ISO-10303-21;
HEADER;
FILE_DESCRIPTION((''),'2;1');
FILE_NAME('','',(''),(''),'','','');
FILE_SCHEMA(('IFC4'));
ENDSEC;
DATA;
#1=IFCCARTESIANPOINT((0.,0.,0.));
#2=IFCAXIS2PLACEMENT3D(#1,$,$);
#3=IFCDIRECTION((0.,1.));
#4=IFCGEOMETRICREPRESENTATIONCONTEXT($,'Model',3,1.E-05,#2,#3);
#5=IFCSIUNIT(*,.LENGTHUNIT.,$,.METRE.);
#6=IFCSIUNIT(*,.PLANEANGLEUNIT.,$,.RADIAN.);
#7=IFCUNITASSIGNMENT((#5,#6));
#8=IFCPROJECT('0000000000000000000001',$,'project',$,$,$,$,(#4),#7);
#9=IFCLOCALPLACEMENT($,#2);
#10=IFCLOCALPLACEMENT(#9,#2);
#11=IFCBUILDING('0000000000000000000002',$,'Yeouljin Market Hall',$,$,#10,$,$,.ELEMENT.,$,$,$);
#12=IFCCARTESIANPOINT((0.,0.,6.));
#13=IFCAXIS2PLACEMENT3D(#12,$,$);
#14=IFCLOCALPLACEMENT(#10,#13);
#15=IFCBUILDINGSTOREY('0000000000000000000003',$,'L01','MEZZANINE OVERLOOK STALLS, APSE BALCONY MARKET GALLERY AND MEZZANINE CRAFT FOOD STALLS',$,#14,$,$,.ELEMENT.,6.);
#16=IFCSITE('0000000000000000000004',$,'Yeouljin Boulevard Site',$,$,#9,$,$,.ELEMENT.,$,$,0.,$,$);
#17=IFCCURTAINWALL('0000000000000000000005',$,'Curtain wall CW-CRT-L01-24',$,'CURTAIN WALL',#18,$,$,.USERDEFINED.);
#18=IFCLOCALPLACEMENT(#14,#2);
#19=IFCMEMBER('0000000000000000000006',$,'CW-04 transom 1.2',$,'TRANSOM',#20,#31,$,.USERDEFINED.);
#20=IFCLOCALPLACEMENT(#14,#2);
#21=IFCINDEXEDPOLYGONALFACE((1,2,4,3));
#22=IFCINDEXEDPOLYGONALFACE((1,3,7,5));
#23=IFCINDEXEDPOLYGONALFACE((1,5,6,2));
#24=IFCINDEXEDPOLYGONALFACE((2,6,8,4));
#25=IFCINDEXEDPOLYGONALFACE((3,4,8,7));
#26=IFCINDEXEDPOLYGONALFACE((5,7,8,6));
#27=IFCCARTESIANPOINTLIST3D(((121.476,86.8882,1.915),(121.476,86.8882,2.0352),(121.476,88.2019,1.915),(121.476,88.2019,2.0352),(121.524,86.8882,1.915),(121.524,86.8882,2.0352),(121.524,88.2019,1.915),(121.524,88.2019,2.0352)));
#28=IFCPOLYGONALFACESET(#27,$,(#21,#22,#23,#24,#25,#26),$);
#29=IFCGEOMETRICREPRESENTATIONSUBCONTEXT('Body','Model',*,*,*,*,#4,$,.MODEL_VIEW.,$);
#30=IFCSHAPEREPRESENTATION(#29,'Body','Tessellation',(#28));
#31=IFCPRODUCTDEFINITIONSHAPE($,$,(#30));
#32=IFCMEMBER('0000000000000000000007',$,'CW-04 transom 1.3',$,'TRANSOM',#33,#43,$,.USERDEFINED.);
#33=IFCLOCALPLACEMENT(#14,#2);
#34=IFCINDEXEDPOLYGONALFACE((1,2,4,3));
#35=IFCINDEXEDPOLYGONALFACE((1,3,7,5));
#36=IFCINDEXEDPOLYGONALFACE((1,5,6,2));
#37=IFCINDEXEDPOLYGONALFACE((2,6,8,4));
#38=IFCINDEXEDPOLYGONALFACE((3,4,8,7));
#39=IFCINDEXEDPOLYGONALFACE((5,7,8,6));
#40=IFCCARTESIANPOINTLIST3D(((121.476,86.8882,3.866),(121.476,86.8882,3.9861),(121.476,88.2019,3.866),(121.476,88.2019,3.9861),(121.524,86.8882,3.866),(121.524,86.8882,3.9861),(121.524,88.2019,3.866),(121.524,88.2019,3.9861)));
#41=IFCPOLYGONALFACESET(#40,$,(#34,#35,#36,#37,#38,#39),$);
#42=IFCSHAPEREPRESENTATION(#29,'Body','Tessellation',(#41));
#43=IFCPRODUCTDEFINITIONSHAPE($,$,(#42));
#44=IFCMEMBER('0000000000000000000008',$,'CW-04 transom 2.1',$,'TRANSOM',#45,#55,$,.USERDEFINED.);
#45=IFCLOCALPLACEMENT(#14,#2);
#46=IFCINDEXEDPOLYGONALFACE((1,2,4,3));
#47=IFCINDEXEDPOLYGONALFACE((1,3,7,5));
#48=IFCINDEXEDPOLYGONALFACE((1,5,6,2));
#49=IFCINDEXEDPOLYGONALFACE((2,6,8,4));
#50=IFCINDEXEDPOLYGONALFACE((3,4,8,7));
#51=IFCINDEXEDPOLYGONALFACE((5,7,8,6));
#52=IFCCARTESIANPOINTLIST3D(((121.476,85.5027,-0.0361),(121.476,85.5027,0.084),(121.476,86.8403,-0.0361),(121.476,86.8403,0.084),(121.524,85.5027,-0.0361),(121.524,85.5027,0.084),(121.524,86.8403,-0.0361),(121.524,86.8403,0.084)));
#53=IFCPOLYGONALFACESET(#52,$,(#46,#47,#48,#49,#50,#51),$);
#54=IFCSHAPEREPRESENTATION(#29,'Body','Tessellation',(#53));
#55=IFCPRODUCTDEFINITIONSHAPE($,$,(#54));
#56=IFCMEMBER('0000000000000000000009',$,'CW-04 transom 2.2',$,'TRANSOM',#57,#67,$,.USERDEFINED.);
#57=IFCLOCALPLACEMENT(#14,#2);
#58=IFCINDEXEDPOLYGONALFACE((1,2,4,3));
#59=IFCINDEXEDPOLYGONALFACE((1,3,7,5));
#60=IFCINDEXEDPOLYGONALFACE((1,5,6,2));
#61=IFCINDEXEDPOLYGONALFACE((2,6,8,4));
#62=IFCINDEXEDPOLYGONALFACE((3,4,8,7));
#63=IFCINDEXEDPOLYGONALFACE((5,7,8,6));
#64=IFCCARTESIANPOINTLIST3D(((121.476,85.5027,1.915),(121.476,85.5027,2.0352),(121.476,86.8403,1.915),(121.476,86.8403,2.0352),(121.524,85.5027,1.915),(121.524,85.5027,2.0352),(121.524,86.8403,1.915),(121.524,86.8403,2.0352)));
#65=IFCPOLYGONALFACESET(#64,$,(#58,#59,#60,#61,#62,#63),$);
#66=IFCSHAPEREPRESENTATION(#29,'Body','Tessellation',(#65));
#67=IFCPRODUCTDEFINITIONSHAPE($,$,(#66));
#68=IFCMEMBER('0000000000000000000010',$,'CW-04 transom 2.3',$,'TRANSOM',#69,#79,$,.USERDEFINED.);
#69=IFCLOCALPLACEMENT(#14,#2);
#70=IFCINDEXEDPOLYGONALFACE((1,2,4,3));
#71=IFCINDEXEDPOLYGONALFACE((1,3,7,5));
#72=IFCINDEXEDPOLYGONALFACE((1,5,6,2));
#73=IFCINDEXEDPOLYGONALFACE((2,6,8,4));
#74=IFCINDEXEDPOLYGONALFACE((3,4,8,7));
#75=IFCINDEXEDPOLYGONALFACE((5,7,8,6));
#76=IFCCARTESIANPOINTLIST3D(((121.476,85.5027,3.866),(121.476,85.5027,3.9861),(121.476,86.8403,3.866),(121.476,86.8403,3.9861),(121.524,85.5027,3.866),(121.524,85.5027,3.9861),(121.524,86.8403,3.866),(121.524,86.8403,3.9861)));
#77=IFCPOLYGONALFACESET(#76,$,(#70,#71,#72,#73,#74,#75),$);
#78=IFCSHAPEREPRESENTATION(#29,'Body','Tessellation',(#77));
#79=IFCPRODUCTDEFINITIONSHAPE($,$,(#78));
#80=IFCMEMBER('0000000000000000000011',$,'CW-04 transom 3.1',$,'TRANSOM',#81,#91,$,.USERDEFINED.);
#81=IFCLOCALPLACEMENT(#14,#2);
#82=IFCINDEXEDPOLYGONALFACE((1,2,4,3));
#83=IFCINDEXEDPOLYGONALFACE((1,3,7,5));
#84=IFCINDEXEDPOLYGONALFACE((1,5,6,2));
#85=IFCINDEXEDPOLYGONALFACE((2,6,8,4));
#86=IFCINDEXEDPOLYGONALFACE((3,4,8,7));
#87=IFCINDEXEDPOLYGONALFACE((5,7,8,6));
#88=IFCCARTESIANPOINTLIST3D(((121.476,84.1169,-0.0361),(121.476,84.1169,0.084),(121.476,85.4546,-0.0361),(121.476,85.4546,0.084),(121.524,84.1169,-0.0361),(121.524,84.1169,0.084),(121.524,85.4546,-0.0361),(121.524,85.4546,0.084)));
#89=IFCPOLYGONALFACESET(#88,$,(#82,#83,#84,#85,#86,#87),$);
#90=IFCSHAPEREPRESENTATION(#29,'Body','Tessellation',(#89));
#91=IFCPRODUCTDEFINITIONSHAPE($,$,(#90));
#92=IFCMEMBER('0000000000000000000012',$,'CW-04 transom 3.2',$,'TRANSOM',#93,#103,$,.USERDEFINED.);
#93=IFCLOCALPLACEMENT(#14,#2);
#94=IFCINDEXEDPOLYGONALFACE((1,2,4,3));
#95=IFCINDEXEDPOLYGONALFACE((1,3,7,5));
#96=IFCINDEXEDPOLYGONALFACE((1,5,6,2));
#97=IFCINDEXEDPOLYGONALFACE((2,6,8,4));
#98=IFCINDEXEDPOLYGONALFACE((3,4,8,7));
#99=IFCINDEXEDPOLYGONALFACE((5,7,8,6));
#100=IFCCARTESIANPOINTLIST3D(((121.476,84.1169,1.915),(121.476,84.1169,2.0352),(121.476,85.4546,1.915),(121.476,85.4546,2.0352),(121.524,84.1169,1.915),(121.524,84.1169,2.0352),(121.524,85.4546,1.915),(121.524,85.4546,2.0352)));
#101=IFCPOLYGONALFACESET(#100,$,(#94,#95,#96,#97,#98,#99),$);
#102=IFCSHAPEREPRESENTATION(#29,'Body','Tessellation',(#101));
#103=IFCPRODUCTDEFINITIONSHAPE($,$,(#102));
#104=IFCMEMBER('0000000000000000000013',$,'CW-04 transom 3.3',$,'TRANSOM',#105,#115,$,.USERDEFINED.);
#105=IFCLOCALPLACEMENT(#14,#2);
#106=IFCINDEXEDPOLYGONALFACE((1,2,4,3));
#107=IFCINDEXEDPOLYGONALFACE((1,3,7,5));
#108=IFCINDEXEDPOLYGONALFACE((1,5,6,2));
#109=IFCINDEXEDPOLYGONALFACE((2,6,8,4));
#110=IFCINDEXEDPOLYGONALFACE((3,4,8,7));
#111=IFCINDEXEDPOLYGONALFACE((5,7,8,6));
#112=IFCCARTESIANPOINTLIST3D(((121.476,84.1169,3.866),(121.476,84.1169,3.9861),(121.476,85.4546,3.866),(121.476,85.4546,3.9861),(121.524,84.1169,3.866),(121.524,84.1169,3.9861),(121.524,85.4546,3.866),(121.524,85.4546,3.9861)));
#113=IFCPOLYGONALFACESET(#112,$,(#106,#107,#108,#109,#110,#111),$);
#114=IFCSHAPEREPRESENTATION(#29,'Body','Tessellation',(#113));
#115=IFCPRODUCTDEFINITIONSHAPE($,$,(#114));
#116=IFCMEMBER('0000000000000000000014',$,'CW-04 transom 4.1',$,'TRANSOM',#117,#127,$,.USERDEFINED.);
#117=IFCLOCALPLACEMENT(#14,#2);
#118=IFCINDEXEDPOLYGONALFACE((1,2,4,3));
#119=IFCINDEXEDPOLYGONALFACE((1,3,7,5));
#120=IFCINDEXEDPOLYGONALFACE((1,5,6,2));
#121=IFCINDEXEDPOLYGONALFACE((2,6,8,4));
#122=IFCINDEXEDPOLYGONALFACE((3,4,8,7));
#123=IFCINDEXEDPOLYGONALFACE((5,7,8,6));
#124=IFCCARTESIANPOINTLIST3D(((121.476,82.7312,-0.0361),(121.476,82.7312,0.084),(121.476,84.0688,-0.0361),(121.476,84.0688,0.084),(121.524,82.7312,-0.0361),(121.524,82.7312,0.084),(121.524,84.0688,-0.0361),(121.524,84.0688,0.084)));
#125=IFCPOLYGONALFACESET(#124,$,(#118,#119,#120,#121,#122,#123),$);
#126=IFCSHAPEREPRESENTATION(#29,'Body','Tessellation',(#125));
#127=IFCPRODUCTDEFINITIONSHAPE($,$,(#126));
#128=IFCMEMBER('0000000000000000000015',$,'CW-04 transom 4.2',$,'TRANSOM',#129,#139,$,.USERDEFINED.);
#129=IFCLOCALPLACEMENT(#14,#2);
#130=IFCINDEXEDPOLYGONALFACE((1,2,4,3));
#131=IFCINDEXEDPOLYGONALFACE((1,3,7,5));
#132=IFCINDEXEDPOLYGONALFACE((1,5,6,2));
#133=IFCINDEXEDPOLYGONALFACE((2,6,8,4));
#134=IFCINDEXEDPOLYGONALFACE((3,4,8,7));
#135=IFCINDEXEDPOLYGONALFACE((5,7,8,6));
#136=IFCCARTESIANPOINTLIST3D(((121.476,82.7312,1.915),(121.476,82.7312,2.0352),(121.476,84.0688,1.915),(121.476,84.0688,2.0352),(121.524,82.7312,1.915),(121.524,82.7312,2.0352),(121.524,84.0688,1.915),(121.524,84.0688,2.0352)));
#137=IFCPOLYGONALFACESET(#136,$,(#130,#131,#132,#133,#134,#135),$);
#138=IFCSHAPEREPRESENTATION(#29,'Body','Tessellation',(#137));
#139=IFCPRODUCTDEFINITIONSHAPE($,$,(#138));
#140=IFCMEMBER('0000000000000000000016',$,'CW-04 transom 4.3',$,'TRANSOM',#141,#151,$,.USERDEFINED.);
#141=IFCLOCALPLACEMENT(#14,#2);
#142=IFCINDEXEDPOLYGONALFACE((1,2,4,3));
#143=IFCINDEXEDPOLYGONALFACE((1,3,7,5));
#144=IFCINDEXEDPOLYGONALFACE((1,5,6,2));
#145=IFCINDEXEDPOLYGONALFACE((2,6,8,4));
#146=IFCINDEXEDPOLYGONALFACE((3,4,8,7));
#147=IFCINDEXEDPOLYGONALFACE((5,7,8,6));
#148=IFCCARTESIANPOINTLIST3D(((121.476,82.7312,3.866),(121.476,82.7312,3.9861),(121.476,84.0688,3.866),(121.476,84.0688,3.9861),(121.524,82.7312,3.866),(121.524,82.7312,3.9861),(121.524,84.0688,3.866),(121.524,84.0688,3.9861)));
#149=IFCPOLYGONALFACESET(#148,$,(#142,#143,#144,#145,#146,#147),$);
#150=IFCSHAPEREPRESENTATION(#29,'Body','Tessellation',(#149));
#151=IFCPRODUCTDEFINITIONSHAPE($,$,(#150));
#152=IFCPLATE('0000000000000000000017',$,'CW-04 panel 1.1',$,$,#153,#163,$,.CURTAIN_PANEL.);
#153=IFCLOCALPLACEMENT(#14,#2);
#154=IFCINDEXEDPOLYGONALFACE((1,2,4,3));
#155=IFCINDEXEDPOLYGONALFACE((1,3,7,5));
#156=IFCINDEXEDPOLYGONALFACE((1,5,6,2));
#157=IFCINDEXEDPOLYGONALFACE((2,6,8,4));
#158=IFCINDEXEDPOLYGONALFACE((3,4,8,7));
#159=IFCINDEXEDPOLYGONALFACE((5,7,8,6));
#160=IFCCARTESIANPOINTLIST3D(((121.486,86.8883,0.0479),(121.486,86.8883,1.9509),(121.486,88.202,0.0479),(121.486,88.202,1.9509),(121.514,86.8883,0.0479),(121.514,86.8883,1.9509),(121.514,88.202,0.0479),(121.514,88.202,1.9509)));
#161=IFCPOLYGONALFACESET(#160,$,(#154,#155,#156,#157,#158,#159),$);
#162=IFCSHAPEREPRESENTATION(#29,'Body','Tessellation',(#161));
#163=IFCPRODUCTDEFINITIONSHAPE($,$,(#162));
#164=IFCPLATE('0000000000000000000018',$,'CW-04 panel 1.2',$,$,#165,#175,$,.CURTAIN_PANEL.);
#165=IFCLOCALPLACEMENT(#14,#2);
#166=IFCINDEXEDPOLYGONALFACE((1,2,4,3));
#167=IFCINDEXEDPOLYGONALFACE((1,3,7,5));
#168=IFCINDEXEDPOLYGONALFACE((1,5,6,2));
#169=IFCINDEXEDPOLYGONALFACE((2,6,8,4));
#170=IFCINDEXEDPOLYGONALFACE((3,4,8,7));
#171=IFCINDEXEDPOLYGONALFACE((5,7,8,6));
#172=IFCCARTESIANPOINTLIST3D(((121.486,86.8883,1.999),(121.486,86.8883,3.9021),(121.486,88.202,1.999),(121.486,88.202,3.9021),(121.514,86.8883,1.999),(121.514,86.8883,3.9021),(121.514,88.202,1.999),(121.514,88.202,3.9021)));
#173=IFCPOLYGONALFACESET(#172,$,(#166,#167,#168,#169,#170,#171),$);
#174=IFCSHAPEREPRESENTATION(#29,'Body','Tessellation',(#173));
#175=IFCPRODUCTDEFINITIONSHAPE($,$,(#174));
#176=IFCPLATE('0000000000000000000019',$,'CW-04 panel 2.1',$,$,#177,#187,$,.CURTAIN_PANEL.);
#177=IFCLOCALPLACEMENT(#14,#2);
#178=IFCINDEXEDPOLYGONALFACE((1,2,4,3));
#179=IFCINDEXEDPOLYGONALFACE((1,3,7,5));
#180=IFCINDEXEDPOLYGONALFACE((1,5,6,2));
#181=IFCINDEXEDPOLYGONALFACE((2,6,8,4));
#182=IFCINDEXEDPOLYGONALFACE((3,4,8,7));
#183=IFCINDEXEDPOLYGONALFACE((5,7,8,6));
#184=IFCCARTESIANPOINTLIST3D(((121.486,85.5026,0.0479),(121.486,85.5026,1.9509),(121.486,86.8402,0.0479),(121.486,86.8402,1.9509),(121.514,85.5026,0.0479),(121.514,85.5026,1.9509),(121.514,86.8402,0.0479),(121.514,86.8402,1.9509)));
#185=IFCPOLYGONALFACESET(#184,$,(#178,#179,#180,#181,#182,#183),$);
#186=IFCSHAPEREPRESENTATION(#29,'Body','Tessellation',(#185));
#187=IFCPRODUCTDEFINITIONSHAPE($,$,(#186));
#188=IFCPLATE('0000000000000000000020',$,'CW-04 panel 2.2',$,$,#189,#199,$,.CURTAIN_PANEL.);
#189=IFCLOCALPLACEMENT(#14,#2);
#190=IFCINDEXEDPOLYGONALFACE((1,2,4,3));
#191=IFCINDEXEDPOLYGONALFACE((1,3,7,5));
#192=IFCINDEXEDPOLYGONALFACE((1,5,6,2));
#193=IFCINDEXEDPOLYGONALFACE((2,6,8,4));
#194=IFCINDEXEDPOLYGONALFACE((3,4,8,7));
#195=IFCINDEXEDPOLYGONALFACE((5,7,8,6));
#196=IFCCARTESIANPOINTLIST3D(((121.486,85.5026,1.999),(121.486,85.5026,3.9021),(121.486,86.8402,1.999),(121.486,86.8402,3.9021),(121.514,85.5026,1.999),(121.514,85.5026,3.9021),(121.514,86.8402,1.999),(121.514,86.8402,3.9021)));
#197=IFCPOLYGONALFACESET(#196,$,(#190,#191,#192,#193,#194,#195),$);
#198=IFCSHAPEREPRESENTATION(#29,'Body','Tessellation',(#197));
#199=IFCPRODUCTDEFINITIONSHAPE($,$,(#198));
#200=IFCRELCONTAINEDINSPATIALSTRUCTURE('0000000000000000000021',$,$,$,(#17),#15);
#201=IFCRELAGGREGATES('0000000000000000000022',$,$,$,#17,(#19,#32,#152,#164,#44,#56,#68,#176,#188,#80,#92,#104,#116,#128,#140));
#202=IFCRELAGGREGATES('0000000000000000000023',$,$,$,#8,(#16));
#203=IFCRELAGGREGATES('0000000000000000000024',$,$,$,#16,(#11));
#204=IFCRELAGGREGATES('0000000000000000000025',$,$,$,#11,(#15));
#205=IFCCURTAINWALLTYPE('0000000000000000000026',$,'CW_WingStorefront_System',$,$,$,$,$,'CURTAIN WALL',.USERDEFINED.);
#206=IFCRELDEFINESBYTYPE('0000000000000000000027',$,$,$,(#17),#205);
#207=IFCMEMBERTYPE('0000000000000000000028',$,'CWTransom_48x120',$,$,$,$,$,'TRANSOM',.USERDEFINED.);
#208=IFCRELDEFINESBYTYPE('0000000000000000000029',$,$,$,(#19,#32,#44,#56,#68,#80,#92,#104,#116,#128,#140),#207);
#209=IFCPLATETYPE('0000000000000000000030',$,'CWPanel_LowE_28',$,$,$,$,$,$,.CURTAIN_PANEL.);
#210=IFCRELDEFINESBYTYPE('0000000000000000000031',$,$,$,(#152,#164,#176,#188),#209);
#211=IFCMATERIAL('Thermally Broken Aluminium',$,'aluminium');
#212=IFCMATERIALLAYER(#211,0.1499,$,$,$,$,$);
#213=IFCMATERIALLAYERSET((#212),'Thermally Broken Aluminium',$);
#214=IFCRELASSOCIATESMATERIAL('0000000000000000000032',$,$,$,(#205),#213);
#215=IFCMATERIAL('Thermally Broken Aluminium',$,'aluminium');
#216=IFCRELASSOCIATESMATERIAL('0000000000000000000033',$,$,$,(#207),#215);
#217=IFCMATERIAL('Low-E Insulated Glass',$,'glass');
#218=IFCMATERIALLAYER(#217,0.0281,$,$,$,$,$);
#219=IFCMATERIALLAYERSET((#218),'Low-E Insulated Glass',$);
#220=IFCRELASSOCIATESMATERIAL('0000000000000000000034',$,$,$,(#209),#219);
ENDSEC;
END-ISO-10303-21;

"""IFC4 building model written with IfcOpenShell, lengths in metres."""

from ifc_helpers import new_model, si_unit, direction, frame, origin, origin_2d, place, context, subcontext, project, spatial, rectangle, extrude, material, layer, layer_set, material_profile, profile_set, type_object, element, aggregate, save


model = new_model("IFC4")

# Units and contexts
model_context = context("Model", 3, precision=1e-05, world=origin(), true_north=direction((0.0, 1.0)))
body_context = subcontext(model_context, "Body", "Model", "MODEL_VIEW")
ifc_project = project(units=[si_unit("LENGTHUNIT", "METRE"), si_unit("PLANEANGLEUNIT", "RADIAN")], contexts=[model_context])

# Site, building, storey
site_placement = place(None, origin())
site = spatial("IfcSite", under=ifc_project, at=site_placement, Name="Yeouljin Boulevard Site", CompositionType="ELEMENT", RefElevation=0.0)
building_placement = place(site_placement, origin())
building = spatial("IfcBuilding", under=site, at=building_placement, Name="Yeouljin Market Hall", CompositionType="ELEMENT")
storey_placement = place(building_placement, frame((0.0, 0.0, 6.0)))
storey = spatial("IfcBuildingStorey", under=building, at=storey_placement, Name="L01", Description="MEZZANINE OVERLOOK STALLS, APSE BALCONY MARKET GALLERY AND MEZZANINE CRAFT FOOD STALLS", CompositionType="ELEMENT", Elevation=6.0)

# Curtain wall, members, plates
ifc_material_1 = material(Name="Thermally Broken Aluminium", Category="aluminium")
ifc_layer_1 = layer(ifc_material_1, 0.1499)
ifc_layer_set_1 = layer_set([ifc_layer_1], Name="Thermally Broken Aluminium")
curtain_wall_type = type_object("IfcCurtainWallType", Name="CW_WingStorefront_System", ElementType="CURTAIN WALL", PredefinedType="USERDEFINED", material=ifc_layer_set_1)
curtain_wall_placement = place(storey_placement, origin())
curtain_wall = element("IfcCurtainWall", 1, at=curtain_wall_placement, inside=storey, type_object=curtain_wall_type, Name="Curtain wall CW-CRT-L01-24", ObjectType="CURTAIN WALL", PredefinedType="USERDEFINED")
ifc_material_2 = material(Name="Thermally Broken Aluminium", Category="aluminium")
ifc_material_profile_1 = material_profile(ifc_material_2, rectangle(XDim=0.0481, YDim=0.1201, at=origin_2d()), Name="CW-TRAN-48x120")
ifc_profile_set_1 = profile_set([ifc_material_profile_1], Name="Thermally Broken Aluminium")
member_type_1 = type_object("IfcMemberType", Name="CWTransom_48x120", ElementType="TRANSOM", PredefinedType="USERDEFINED", material=ifc_profile_set_1)
member_1_placement = place(storey_placement, frame((121.5, 88.2019, 1.9751), z_axis=(0.0, -1.0, 0.0), x_axis=(1.0, 0.0, 0.0)))
member_1 = element("IfcMember", 2, at=member_1_placement, type_object=member_type_1, Name="CW-04 transom 1.2", ObjectType="TRANSOM", PredefinedType="USERDEFINED", context=body_context, shape_type="SweptSolid", body=[
    extrude(rectangle(XDim=0.0481, YDim=0.1201, at=origin_2d()), origin(), (0.0, 0.0, 1.0), 1.3137),
])
member_2_placement = place(storey_placement, frame((121.5, 88.2019, 3.926), z_axis=(0.0, -1.0, 0.0), x_axis=(1.0, 0.0, 0.0)))
member_2 = element("IfcMember", 3, at=member_2_placement, type_object=member_type_1, Name="CW-04 transom 1.3", ObjectType="TRANSOM", PredefinedType="USERDEFINED", context=body_context, shape_type="SweptSolid", body=[
    extrude(rectangle(XDim=0.0481, YDim=0.1201, at=origin_2d()), origin(), (0.0, 0.0, 1.0), 1.3137),
])
member_3_placement = place(storey_placement, frame((121.5, 86.8403, 0.0239), z_axis=(0.0, -1.0, 0.0), x_axis=(1.0, 0.0, 0.0)))
member_3 = element("IfcMember", 4, at=member_3_placement, type_object=member_type_1, Name="CW-04 transom 2.1", ObjectType="TRANSOM", PredefinedType="USERDEFINED", context=body_context, shape_type="SweptSolid", body=[
    extrude(rectangle(XDim=0.0481, YDim=0.1201, at=origin_2d()), origin(), (0.0, 0.0, 1.0), 1.3376),
])
member_4_placement = place(storey_placement, frame((121.5, 86.8403, 1.9751), z_axis=(0.0, -1.0, 0.0), x_axis=(1.0, 0.0, 0.0)))
member_4 = element("IfcMember", 5, at=member_4_placement, type_object=member_type_1, Name="CW-04 transom 2.2", ObjectType="TRANSOM", PredefinedType="USERDEFINED", context=body_context, shape_type="SweptSolid", body=[
    extrude(rectangle(XDim=0.0481, YDim=0.1201, at=origin_2d()), origin(), (0.0, 0.0, 1.0), 1.3376),
])
member_5_placement = place(storey_placement, frame((121.5, 86.8403, 3.926), z_axis=(0.0, -1.0, 0.0), x_axis=(1.0, 0.0, 0.0)))
member_5 = element("IfcMember", 6, at=member_5_placement, type_object=member_type_1, Name="CW-04 transom 2.3", ObjectType="TRANSOM", PredefinedType="USERDEFINED", context=body_context, shape_type="SweptSolid", body=[
    extrude(rectangle(XDim=0.0481, YDim=0.1201, at=origin_2d()), origin(), (0.0, 0.0, 1.0), 1.3376),
])
member_6_placement = place(storey_placement, frame((121.5, 85.4546, 0.0239), z_axis=(0.0, -1.0, 0.0), x_axis=(1.0, 0.0, 0.0)))
member_6 = element("IfcMember", 7, at=member_6_placement, type_object=member_type_1, Name="CW-04 transom 3.1", ObjectType="TRANSOM", PredefinedType="USERDEFINED", context=body_context, shape_type="SweptSolid", body=[
    extrude(rectangle(XDim=0.0481, YDim=0.1201, at=origin_2d()), origin(), (0.0, 0.0, 1.0), 1.3376),
])
member_7_placement = place(storey_placement, frame((121.5, 85.4546, 1.9751), z_axis=(0.0, -1.0, 0.0), x_axis=(1.0, 0.0, 0.0)))
member_7 = element("IfcMember", 8, at=member_7_placement, type_object=member_type_1, Name="CW-04 transom 3.2", ObjectType="TRANSOM", PredefinedType="USERDEFINED", context=body_context, shape_type="SweptSolid", body=[
    extrude(rectangle(XDim=0.0481, YDim=0.1201, at=origin_2d()), origin(), (0.0, 0.0, 1.0), 1.3376),
])
member_8_placement = place(storey_placement, frame((121.5, 85.4546, 3.926), z_axis=(0.0, -1.0, 0.0), x_axis=(1.0, 0.0, 0.0)))
member_8 = element("IfcMember", 9, at=member_8_placement, type_object=member_type_1, Name="CW-04 transom 3.3", ObjectType="TRANSOM", PredefinedType="USERDEFINED", context=body_context, shape_type="SweptSolid", body=[
    extrude(rectangle(XDim=0.0481, YDim=0.1201, at=origin_2d()), origin(), (0.0, 0.0, 1.0), 1.3376),
])
member_9_placement = place(storey_placement, frame((121.5, 84.0688, 0.0239), z_axis=(0.0, -1.0, 0.0), x_axis=(1.0, 0.0, 0.0)))
member_9 = element("IfcMember", 10, at=member_9_placement, type_object=member_type_1, Name="CW-04 transom 4.1", ObjectType="TRANSOM", PredefinedType="USERDEFINED", context=body_context, shape_type="SweptSolid", body=[
    extrude(rectangle(XDim=0.0481, YDim=0.1201, at=origin_2d()), origin(), (0.0, 0.0, 1.0), 1.3376),
])
member_10_placement = place(storey_placement, frame((121.5, 84.0688, 1.9751), z_axis=(0.0, -1.0, 0.0), x_axis=(1.0, 0.0, 0.0)))
member_10 = element("IfcMember", 11, at=member_10_placement, type_object=member_type_1, Name="CW-04 transom 4.2", ObjectType="TRANSOM", PredefinedType="USERDEFINED", context=body_context, shape_type="SweptSolid", body=[
    extrude(rectangle(XDim=0.0481, YDim=0.1201, at=origin_2d()), origin(), (0.0, 0.0, 1.0), 1.3376),
])
member_11_placement = place(storey_placement, frame((121.5, 84.0688, 3.926), z_axis=(0.0, -1.0, 0.0), x_axis=(1.0, 0.0, 0.0)))
member_11 = element("IfcMember", 12, at=member_11_placement, type_object=member_type_1, Name="CW-04 transom 4.3", ObjectType="TRANSOM", PredefinedType="USERDEFINED", context=body_context, shape_type="SweptSolid", body=[
    extrude(rectangle(XDim=0.0481, YDim=0.1201, at=origin_2d()), origin(), (0.0, 0.0, 1.0), 1.3376),
])
ifc_material_3 = material(Name="Low-E Insulated Glass", Category="glass")
ifc_layer_2 = layer(ifc_material_3, 0.0281)
ifc_layer_set_2 = layer_set([ifc_layer_2], Name="Low-E Insulated Glass")
plate_type_1 = type_object("IfcPlateType", Name="CWPanel_LowE_28", PredefinedType="CURTAIN_PANEL", material=ifc_layer_set_2)
plate_1_placement = place(storey_placement, frame((121.5, 87.5452, 0.0479), z_axis=(0.0, 0.0, 1.0), x_axis=(0.0, -1.0, 0.0)))
plate_1 = element("IfcPlate", 13, at=plate_1_placement, type_object=plate_type_1, Name="CW-04 panel 1.1", PredefinedType="CURTAIN_PANEL", context=body_context, shape_type="SweptSolid", body=[
    extrude(rectangle(XDim=1.3137, YDim=0.0281, at=origin_2d()), origin(), (0.0, 0.0, 1.0), 1.9031),
])
plate_2_placement = place(storey_placement, frame((121.5, 87.5452, 1.999), z_axis=(0.0, 0.0, 1.0), x_axis=(0.0, -1.0, 0.0)))
plate_2 = element("IfcPlate", 14, at=plate_2_placement, type_object=plate_type_1, Name="CW-04 panel 1.2", PredefinedType="CURTAIN_PANEL", context=body_context, shape_type="SweptSolid", body=[
    extrude(rectangle(XDim=1.3137, YDim=0.0281, at=origin_2d()), origin(), (0.0, 0.0, 1.0), 1.9031),
])
plate_3_placement = place(storey_placement, frame((121.5, 86.1714, 0.0479), z_axis=(0.0, 0.0, 1.0), x_axis=(0.0, -1.0, 0.0)))
plate_3 = element("IfcPlate", 15, at=plate_3_placement, type_object=plate_type_1, Name="CW-04 panel 2.1", PredefinedType="CURTAIN_PANEL", context=body_context, shape_type="SweptSolid", body=[
    extrude(rectangle(XDim=1.3376, YDim=0.0281, at=origin_2d()), origin(), (0.0, 0.0, 1.0), 1.9031),
])
plate_4_placement = place(storey_placement, frame((121.5, 86.1714, 1.999), z_axis=(0.0, 0.0, 1.0), x_axis=(0.0, -1.0, 0.0)))
plate_4 = element("IfcPlate", 16, at=plate_4_placement, type_object=plate_type_1, Name="CW-04 panel 2.2", PredefinedType="CURTAIN_PANEL", context=body_context, shape_type="SweptSolid", body=[
    extrude(rectangle(XDim=1.3376, YDim=0.0281, at=origin_2d()), origin(), (0.0, 0.0, 1.0), 1.9031),
])
aggregate(curtain_wall, [member_1, member_2, plate_1, plate_2, member_3, member_4, member_5, plate_3, plate_4, member_6, member_7, member_8, member_9, member_10, member_11])

save(model, "model.ifc")
